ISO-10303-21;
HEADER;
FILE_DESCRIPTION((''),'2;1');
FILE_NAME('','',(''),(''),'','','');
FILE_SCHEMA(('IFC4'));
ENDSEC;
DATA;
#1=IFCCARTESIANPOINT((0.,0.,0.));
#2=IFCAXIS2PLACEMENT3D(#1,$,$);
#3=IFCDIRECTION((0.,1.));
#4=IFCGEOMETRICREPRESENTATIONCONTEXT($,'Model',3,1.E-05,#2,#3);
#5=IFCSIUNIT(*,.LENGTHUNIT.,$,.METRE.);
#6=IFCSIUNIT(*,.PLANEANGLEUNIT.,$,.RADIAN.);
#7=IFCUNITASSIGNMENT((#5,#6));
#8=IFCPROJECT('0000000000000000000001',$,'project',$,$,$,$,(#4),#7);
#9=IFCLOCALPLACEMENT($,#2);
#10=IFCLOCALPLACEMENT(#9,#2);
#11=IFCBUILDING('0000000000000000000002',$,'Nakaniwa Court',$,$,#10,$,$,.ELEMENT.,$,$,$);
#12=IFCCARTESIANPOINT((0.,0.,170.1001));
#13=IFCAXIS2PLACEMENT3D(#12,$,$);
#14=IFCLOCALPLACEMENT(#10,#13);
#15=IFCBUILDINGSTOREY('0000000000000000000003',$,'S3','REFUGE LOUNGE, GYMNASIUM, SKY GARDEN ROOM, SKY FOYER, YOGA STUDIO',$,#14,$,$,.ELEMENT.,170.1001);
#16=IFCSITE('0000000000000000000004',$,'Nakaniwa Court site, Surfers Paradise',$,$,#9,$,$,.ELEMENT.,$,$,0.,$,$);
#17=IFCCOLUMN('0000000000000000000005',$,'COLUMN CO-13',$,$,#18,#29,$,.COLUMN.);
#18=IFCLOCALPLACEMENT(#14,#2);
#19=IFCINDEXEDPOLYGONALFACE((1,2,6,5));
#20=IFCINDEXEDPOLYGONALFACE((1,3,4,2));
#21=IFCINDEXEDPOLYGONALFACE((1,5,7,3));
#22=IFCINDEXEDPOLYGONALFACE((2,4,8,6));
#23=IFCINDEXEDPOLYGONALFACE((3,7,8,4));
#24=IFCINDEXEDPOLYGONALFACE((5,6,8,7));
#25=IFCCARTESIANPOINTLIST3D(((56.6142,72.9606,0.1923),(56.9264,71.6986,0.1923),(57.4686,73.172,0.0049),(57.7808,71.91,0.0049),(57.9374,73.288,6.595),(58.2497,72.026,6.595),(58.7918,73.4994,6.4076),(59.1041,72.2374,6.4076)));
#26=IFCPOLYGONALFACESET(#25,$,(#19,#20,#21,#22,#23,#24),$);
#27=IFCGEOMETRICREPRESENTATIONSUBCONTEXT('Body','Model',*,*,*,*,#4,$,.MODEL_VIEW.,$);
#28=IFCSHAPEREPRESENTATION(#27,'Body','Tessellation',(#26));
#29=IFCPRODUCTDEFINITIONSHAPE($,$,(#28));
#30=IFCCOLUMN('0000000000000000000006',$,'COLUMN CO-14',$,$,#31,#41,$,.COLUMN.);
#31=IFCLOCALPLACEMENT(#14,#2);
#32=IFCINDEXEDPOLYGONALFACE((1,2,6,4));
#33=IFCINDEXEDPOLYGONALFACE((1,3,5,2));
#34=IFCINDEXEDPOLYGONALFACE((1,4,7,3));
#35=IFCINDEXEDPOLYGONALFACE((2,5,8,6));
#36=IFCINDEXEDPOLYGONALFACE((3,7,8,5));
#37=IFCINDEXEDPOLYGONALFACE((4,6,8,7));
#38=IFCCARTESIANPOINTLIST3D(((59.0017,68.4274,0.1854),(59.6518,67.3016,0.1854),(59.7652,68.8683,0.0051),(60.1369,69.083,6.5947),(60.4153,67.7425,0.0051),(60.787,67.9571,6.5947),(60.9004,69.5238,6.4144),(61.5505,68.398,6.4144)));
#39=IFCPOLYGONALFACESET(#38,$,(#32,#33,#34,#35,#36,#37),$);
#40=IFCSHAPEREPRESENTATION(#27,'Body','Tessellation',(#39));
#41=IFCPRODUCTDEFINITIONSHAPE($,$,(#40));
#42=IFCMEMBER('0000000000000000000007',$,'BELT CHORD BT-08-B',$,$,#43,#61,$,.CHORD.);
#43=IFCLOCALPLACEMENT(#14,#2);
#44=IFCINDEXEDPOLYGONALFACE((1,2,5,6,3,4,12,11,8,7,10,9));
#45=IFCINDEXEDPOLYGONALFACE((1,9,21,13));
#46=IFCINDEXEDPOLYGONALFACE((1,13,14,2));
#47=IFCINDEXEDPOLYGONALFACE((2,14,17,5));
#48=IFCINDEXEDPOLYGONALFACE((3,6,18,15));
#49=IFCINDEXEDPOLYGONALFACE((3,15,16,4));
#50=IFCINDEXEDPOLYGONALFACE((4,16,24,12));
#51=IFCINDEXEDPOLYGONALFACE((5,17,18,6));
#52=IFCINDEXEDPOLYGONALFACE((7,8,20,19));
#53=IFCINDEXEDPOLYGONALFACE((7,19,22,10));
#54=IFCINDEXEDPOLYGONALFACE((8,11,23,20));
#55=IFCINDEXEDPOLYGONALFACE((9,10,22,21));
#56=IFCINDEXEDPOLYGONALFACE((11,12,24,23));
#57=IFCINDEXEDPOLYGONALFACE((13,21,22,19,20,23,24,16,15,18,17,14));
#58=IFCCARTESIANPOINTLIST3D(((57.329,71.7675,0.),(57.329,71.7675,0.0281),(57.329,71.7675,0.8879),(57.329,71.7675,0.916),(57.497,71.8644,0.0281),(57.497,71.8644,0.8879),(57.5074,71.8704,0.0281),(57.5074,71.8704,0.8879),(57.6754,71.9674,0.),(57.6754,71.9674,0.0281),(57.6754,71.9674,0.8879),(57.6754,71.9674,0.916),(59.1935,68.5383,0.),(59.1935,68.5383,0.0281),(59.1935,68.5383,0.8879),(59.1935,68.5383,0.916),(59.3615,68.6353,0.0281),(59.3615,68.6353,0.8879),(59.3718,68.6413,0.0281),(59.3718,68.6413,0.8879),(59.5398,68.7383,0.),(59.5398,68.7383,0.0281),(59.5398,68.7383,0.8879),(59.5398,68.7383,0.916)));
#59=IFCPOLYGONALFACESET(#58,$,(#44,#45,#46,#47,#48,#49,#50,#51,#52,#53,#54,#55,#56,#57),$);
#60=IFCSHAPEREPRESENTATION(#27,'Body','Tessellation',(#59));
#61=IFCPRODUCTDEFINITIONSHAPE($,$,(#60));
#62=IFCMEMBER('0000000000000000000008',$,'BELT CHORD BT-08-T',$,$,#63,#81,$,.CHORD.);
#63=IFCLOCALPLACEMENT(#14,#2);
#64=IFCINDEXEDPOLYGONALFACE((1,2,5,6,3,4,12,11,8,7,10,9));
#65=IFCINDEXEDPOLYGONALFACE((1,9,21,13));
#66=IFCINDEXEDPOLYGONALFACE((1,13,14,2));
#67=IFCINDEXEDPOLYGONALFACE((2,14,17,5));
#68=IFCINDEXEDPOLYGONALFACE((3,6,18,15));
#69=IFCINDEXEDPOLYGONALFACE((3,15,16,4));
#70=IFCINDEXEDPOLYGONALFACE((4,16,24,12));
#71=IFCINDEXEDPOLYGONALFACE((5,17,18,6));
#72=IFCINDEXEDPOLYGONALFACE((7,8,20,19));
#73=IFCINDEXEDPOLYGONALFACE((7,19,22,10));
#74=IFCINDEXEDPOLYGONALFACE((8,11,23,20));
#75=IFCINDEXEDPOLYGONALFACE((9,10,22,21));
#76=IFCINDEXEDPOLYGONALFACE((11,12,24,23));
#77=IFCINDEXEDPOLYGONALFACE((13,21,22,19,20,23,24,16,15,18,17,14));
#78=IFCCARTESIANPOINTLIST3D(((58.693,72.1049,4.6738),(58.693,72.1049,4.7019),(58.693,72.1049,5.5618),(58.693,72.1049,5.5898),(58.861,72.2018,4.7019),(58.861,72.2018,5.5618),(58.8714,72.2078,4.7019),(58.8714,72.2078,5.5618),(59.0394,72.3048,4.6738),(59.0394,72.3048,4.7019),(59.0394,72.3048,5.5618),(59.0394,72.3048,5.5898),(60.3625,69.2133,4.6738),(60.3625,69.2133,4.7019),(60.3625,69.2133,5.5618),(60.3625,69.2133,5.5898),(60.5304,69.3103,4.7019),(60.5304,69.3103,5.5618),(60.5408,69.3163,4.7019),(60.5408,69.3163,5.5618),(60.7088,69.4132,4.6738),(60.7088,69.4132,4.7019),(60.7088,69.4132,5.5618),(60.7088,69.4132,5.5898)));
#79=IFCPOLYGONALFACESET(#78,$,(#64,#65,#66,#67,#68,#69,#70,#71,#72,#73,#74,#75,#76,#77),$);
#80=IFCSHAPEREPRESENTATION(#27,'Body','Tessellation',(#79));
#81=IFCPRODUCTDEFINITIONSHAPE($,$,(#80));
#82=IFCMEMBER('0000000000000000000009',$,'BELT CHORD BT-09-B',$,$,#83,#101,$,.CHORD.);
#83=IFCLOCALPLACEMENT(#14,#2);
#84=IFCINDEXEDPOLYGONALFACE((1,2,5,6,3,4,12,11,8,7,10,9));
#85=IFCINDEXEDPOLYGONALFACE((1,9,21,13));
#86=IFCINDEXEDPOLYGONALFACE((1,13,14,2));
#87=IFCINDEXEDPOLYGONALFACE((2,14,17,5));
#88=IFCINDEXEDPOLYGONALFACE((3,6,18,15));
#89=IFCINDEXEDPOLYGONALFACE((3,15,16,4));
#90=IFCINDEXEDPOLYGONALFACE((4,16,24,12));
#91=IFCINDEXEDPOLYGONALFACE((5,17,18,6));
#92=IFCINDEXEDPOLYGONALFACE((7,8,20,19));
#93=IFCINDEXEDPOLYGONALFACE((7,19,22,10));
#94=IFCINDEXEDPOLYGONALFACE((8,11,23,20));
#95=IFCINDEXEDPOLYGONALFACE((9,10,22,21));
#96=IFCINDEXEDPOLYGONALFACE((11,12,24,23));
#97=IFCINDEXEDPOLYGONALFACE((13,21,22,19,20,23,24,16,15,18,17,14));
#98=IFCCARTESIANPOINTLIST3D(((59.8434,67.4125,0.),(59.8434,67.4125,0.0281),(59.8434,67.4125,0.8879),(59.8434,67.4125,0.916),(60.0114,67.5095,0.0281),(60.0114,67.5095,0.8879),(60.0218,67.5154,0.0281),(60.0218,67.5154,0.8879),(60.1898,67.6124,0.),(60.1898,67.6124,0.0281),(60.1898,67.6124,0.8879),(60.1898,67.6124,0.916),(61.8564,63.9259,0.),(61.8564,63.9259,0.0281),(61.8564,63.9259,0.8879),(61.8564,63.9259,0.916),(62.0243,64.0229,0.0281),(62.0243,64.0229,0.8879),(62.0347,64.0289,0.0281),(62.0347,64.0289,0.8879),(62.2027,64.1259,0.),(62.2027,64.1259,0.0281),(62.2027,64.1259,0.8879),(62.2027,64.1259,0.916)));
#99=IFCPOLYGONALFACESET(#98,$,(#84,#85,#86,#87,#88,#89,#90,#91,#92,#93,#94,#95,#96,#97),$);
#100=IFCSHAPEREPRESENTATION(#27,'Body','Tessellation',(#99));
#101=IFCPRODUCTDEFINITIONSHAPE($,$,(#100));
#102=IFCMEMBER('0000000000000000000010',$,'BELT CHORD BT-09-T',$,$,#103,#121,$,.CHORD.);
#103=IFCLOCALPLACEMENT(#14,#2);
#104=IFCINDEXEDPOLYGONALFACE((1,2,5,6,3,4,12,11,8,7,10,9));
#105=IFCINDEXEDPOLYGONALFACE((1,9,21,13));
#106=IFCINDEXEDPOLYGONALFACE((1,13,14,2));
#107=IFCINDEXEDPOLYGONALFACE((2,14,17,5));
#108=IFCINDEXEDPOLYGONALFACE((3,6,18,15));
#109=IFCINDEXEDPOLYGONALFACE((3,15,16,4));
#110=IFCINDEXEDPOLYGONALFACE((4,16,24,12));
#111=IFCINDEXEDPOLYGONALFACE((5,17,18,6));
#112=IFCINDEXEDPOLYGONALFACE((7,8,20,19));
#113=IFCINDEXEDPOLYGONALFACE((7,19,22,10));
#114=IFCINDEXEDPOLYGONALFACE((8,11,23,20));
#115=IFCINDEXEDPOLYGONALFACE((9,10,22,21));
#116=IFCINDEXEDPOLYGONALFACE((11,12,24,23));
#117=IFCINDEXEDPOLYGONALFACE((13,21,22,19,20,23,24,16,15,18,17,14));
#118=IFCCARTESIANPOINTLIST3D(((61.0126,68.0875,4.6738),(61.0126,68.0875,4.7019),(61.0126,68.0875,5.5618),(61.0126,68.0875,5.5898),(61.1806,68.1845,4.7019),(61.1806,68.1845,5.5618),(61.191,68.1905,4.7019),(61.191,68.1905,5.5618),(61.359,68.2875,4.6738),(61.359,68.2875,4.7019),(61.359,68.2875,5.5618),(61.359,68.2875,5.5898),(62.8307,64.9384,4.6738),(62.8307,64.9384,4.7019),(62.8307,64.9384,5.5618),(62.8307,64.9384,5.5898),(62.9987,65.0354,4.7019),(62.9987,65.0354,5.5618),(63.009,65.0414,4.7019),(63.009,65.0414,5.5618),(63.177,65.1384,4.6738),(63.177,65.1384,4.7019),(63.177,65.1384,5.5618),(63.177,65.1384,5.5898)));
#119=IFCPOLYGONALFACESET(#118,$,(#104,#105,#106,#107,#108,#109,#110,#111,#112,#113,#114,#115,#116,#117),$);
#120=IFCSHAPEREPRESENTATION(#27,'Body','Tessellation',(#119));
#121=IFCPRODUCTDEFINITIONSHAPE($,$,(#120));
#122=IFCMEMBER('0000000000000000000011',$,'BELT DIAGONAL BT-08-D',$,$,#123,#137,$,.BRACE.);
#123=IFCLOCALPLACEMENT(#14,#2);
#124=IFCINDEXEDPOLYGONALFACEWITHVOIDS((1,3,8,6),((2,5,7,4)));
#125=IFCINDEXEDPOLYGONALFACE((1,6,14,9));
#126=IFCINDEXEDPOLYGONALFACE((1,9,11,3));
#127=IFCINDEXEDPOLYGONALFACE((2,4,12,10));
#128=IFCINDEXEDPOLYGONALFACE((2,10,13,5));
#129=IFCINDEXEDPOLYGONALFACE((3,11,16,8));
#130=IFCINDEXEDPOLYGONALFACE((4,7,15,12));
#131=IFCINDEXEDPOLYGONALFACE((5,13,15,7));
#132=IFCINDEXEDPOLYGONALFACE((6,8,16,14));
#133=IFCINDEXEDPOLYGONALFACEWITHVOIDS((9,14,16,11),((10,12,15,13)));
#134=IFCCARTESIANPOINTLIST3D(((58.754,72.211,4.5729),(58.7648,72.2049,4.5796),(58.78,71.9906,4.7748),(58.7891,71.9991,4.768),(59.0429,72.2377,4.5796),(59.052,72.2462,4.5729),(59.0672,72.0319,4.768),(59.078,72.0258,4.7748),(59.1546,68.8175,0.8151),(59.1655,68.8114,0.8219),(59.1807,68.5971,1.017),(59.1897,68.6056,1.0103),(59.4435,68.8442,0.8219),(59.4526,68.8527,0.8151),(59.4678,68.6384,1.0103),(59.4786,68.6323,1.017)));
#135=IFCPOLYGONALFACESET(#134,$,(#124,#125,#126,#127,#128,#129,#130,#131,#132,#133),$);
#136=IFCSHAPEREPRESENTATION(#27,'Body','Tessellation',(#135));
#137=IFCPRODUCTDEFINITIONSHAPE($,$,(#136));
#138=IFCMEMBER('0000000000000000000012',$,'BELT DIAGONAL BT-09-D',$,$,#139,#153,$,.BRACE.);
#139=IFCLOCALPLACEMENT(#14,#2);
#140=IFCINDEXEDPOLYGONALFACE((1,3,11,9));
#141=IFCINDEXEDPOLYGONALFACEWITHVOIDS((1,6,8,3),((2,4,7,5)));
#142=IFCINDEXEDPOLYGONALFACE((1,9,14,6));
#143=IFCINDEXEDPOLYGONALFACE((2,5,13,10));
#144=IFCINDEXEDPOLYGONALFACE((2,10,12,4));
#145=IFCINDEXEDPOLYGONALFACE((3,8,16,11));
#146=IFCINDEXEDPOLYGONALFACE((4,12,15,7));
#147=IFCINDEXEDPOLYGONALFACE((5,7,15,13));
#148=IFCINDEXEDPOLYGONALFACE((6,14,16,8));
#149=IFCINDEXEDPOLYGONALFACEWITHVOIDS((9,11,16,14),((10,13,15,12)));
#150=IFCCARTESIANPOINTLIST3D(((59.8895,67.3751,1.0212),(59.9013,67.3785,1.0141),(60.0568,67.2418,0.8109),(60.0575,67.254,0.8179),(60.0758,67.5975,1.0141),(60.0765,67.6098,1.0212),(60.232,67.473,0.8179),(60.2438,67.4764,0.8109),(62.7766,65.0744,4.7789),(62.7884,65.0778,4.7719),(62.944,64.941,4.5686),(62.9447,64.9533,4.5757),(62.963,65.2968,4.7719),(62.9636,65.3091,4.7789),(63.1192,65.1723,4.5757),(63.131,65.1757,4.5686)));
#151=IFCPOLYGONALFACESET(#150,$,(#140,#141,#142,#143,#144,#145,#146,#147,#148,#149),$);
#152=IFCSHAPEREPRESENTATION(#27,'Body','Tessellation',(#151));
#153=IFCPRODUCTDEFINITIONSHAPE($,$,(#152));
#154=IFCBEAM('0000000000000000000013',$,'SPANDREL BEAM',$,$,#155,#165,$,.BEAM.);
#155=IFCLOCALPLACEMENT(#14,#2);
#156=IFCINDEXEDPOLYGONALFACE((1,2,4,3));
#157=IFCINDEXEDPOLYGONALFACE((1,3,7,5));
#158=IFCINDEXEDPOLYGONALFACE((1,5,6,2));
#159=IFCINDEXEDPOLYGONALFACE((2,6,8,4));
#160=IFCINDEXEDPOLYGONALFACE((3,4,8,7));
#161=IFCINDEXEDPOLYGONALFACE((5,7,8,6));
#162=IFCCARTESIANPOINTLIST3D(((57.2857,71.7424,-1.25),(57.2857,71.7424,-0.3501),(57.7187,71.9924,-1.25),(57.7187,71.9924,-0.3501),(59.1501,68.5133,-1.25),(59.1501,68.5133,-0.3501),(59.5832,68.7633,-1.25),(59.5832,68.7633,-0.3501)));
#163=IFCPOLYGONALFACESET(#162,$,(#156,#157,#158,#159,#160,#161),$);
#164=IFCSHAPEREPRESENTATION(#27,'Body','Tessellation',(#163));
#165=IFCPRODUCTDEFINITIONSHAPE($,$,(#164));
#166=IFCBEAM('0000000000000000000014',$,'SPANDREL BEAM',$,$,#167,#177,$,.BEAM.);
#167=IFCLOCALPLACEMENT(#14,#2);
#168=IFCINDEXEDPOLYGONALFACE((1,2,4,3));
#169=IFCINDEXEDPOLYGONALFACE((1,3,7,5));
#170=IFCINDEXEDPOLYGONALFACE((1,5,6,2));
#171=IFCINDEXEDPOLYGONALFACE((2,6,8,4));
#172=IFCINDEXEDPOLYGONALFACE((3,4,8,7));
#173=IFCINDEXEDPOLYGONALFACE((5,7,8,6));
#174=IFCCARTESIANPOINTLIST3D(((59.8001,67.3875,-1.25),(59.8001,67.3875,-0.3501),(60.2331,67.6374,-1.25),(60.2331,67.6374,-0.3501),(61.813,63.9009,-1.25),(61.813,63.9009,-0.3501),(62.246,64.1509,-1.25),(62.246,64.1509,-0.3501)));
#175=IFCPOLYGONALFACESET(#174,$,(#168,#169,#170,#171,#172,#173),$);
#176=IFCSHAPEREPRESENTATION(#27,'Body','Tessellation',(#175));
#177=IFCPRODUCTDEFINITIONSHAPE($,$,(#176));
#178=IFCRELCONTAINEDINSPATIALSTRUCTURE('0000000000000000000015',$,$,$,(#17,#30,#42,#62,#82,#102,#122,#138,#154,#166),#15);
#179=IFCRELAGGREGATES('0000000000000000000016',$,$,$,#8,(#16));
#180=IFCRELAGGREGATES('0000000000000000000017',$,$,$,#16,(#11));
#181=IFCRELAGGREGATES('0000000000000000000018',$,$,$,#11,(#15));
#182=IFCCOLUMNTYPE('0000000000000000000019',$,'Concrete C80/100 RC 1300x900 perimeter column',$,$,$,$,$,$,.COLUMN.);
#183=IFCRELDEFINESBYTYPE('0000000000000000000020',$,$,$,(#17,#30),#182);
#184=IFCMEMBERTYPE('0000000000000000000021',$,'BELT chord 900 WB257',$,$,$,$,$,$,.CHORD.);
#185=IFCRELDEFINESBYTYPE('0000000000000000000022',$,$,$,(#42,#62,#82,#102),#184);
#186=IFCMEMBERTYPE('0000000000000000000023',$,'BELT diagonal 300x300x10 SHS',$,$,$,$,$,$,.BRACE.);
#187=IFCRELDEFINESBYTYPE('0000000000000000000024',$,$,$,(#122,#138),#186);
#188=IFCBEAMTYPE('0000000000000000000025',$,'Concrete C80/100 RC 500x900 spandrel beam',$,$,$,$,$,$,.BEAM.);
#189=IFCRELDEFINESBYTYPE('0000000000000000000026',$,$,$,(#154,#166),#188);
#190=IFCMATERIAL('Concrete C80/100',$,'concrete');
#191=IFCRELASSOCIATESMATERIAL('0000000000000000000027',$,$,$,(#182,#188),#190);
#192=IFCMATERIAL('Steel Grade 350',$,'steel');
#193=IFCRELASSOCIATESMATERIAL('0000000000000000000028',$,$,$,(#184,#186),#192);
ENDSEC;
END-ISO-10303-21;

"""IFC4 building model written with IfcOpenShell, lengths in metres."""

from ifc_helpers import new_model, si_unit, direction, frame, origin, origin_2d, place, context, subcontext, project, spatial, rectangle, hollow_rectangle, i_section, extrude, material, material_profile, profile_set, type_object, element, save


model = new_model("IFC4")

# Units and contexts
model_context = context("Model", 3, precision=1e-05, world=origin(), true_north=direction((0.0, 1.0)))
body_context = subcontext(model_context, "Body", "Model", "MODEL_VIEW")
ifc_project = project(units=[si_unit("LENGTHUNIT", "METRE"), si_unit("PLANEANGLEUNIT", "RADIAN")], contexts=[model_context])

# Site, building, storey
site_placement = place(None, origin())
site = spatial("IfcSite", under=ifc_project, at=site_placement, Name="Nakaniwa Court site, Surfers Paradise", CompositionType="ELEMENT", RefElevation=0.0)
building_placement = place(site_placement, origin())
building = spatial("IfcBuilding", under=site, at=building_placement, Name="Nakaniwa Court", CompositionType="ELEMENT")
storey_placement = place(building_placement, frame((0.0, 0.0, 170.1001)))
storey = spatial("IfcBuildingStorey", under=building, at=storey_placement, Name="S3", Description="REFUGE LOUNGE, GYMNASIUM, SKY GARDEN ROOM, SKY FOYER, YOGA STUDIO", CompositionType="ELEMENT", Elevation=170.1001)

# Columns
ifc_material_1 = material(Name="Concrete C80/100", Category="concrete")
ifc_material_profile_1 = material_profile(ifc_material_1, rectangle(XDim=1.3, YDim=0.8999, at=origin_2d()), Name="Concrete C80/100 RC 1300x900 perimeter column")
ifc_profile_set_1 = profile_set([ifc_material_profile_1], Name="Concrete C80/100")
column_type = type_object("IfcColumnType", Name="Concrete C80/100 RC 1300x900 perimeter column", PredefinedType="COLUMN", material=ifc_profile_set_1)
column_1_placement = place(storey_placement, frame((57.1975, 72.4353, 0.0986), z_axis=(0.202142, 0.050013, 0.978078), x_axis=(-0.240175, 0.97073, 0.0)))
element("IfcColumn", 1, at=column_1_placement, inside=storey, type_object=column_type, Name="COLUMN CO-13", PredefinedType="COLUMN", context=body_context, shape_type="SweptSolid", body=[
    extrude(rectangle(XDim=1.3, YDim=0.8999, at=origin_2d()), origin(), (0.0, 0.0, 1.0), 6.5461),
])
column_2_placement = place(storey_placement, frame((59.7085, 68.085, 0.0952), z_axis=(0.17353, 0.1002, 0.979718), x_axis=(-0.500045, 0.865999, 0.0)))
element("IfcColumn", 2, at=column_2_placement, inside=storey, type_object=column_type, Name="COLUMN CO-14", PredefinedType="COLUMN", context=body_context, shape_type="SweptSolid", body=[
    extrude(rectangle(XDim=1.3, YDim=0.8999, at=origin_2d()), origin(), (0.0, 0.0, 1.0), 6.542),
])

# Members
ifc_material_2 = material(Name="Steel Grade 350", Category="steel")
ifc_material_profile_2 = material_profile(ifc_material_2, i_section(OverallWidth=0.3999, OverallDepth=0.916, WebThickness=0.012, FlangeThickness=0.0281, at=origin_2d()), Name="900WB257")
ifc_profile_set_2 = profile_set([ifc_material_profile_2], Name="Steel Grade 350")
member_type_1 = type_object("IfcMemberType", Name="BELT chord 900 WB257", PredefinedType="CHORD", material=ifc_profile_set_2)
member_1_placement = place(storey_placement, frame((57.5022, 71.8674, 0.458), z_axis=(0.500019, -0.866014, 0.0), x_axis=(0.866014, 0.500019, 0.0)))
element("IfcMember", 3, at=member_1_placement, inside=storey, type_object=member_type_1, Name="BELT CHORD BT-08-B", PredefinedType="CHORD", context=body_context, shape_type="SweptSolid", body=[
    extrude(i_section(OverallWidth=0.3999, OverallDepth=0.916, WebThickness=0.012, FlangeThickness=0.0281, at=origin_2d()), origin(), (0.0, 0.0, 1.0), 3.7288),
])
member_2_placement = place(storey_placement, frame((58.8662, 72.2048, 5.1318), z_axis=(0.499993, -0.86603, 0.0), x_axis=(0.86603, 0.499993, 0.0)))
element("IfcMember", 4, at=member_2_placement, inside=storey, type_object=member_type_1, Name="BELT CHORD BT-08-T", PredefinedType="CHORD", context=body_context, shape_type="SweptSolid", body=[
    extrude(i_section(OverallWidth=0.3999, OverallDepth=0.916, WebThickness=0.012, FlangeThickness=0.0281, at=origin_2d()), origin(), (0.0, 0.0, 1.0), 3.3389),
])
member_3_placement = place(storey_placement, frame((60.0166, 67.5125, 0.458), z_axis=(0.499994, -0.866029, 0.0), x_axis=(0.866029, 0.499994, 0.0)))
element("IfcMember", 5, at=member_3_placement, inside=storey, type_object=member_type_1, Name="BELT CHORD BT-09-B", PredefinedType="CHORD", context=body_context, shape_type="SweptSolid", body=[
    extrude(i_section(OverallWidth=0.3999, OverallDepth=0.916, WebThickness=0.012, FlangeThickness=0.0281, at=origin_2d()), origin(), (0.0, 0.0, 1.0), 4.0259),
])
member_4_placement = place(storey_placement, frame((61.1858, 68.1875, 5.1318), z_axis=(0.499988, -0.866032, 0.0), x_axis=(0.866032, 0.499988, 0.0)))
element("IfcMember", 6, at=member_4_placement, inside=storey, type_object=member_type_1, Name="BELT CHORD BT-09-T", PredefinedType="CHORD", context=body_context, shape_type="SweptSolid", body=[
    extrude(i_section(OverallWidth=0.3999, OverallDepth=0.916, WebThickness=0.012, FlangeThickness=0.0281, at=origin_2d()), origin(), (0.0, 0.0, 1.0), 3.6362),
])
ifc_material_profile_3 = material_profile(ifc_material_2, hollow_rectangle(XDim=0.3, YDim=0.3, WallThickness=0.01, at=origin_2d()), Name="BELT diagonal 300x300x10 SHS")
ifc_profile_set_3 = profile_set([ifc_material_profile_3], Name="Steel Grade 350")
member_type_2 = type_object("IfcMemberType", Name="BELT diagonal 300x300x10 SHS", PredefinedType="BRACE", material=ifc_profile_set_3)
member_5_placement = place(storey_placement, frame((58.916, 72.1184, 4.6738), z_axis=(0.078878, -0.668133, -0.739849), x_axis=(0.993103, 0.117243, 0.0)))
element("IfcMember", 7, at=member_5_placement, inside=storey, type_object=member_type_2, Name="BELT DIAGONAL BT-08-D", PredefinedType="BRACE", context=body_context, shape_type="SweptSolid", body=[
    extrude(hollow_rectangle(XDim=0.3, YDim=0.3, WallThickness=0.01, at=origin_2d()), origin(), (0.0, 0.0, 1.0), 5.0791),
])
member_6_placement = place(storey_placement, frame((60.0667, 67.4258, 0.916), z_axis=(0.548076, -0.436755, 0.713342), x_axis=(0.62321, 0.782055, 0.0)))
element("IfcMember", 8, at=member_6_placement, inside=storey, type_object=member_type_2, Name="BELT DIAGONAL BT-09-D", PredefinedType="BRACE", context=body_context, shape_type="SweptSolid", body=[
    extrude(hollow_rectangle(XDim=0.3, YDim=0.3, WallThickness=0.01, at=origin_2d()), origin(), (0.0, 0.0, 1.0), 5.2678),
])

# Beams
ifc_material_profile_4 = material_profile(ifc_material_1, rectangle(XDim=0.5, YDim=0.8999, at=origin_2d()), Name="Concrete C80/100 RC 500x900 spandrel beam")
ifc_profile_set_4 = profile_set([ifc_material_profile_4], Name="Concrete C80/100")
beam_type = type_object("IfcBeamType", Name="Concrete C80/100 RC 500x900 spandrel beam", PredefinedType="BEAM", material=ifc_profile_set_4)
beam_1_placement = place(storey_placement, frame((57.5022, 71.8674, -0.8), z_axis=(0.500019, -0.866014, 0.0), x_axis=(0.866014, 0.500019, 0.0)))
element("IfcBeam", 9, at=beam_1_placement, inside=storey, type_object=beam_type, Name="SPANDREL BEAM", PredefinedType="BEAM", context=body_context, shape_type="SweptSolid", body=[
    extrude(rectangle(XDim=0.5, YDim=0.8999, at=origin_2d()), origin(), (0.0, 0.0, 1.0), 3.7288),
])
beam_2_placement = place(storey_placement, frame((60.0166, 67.5125, -0.8), z_axis=(0.499994, -0.866029, 0.0), x_axis=(0.866029, 0.499994, 0.0)))
element("IfcBeam", 10, at=beam_2_placement, inside=storey, type_object=beam_type, Name="SPANDREL BEAM", PredefinedType="BEAM", context=body_context, shape_type="SweptSolid", body=[
    extrude(rectangle(XDim=0.5, YDim=0.8999, at=origin_2d()), origin(), (0.0, 0.0, 1.0), 4.0259),
])

save(model, "model.ifc")
